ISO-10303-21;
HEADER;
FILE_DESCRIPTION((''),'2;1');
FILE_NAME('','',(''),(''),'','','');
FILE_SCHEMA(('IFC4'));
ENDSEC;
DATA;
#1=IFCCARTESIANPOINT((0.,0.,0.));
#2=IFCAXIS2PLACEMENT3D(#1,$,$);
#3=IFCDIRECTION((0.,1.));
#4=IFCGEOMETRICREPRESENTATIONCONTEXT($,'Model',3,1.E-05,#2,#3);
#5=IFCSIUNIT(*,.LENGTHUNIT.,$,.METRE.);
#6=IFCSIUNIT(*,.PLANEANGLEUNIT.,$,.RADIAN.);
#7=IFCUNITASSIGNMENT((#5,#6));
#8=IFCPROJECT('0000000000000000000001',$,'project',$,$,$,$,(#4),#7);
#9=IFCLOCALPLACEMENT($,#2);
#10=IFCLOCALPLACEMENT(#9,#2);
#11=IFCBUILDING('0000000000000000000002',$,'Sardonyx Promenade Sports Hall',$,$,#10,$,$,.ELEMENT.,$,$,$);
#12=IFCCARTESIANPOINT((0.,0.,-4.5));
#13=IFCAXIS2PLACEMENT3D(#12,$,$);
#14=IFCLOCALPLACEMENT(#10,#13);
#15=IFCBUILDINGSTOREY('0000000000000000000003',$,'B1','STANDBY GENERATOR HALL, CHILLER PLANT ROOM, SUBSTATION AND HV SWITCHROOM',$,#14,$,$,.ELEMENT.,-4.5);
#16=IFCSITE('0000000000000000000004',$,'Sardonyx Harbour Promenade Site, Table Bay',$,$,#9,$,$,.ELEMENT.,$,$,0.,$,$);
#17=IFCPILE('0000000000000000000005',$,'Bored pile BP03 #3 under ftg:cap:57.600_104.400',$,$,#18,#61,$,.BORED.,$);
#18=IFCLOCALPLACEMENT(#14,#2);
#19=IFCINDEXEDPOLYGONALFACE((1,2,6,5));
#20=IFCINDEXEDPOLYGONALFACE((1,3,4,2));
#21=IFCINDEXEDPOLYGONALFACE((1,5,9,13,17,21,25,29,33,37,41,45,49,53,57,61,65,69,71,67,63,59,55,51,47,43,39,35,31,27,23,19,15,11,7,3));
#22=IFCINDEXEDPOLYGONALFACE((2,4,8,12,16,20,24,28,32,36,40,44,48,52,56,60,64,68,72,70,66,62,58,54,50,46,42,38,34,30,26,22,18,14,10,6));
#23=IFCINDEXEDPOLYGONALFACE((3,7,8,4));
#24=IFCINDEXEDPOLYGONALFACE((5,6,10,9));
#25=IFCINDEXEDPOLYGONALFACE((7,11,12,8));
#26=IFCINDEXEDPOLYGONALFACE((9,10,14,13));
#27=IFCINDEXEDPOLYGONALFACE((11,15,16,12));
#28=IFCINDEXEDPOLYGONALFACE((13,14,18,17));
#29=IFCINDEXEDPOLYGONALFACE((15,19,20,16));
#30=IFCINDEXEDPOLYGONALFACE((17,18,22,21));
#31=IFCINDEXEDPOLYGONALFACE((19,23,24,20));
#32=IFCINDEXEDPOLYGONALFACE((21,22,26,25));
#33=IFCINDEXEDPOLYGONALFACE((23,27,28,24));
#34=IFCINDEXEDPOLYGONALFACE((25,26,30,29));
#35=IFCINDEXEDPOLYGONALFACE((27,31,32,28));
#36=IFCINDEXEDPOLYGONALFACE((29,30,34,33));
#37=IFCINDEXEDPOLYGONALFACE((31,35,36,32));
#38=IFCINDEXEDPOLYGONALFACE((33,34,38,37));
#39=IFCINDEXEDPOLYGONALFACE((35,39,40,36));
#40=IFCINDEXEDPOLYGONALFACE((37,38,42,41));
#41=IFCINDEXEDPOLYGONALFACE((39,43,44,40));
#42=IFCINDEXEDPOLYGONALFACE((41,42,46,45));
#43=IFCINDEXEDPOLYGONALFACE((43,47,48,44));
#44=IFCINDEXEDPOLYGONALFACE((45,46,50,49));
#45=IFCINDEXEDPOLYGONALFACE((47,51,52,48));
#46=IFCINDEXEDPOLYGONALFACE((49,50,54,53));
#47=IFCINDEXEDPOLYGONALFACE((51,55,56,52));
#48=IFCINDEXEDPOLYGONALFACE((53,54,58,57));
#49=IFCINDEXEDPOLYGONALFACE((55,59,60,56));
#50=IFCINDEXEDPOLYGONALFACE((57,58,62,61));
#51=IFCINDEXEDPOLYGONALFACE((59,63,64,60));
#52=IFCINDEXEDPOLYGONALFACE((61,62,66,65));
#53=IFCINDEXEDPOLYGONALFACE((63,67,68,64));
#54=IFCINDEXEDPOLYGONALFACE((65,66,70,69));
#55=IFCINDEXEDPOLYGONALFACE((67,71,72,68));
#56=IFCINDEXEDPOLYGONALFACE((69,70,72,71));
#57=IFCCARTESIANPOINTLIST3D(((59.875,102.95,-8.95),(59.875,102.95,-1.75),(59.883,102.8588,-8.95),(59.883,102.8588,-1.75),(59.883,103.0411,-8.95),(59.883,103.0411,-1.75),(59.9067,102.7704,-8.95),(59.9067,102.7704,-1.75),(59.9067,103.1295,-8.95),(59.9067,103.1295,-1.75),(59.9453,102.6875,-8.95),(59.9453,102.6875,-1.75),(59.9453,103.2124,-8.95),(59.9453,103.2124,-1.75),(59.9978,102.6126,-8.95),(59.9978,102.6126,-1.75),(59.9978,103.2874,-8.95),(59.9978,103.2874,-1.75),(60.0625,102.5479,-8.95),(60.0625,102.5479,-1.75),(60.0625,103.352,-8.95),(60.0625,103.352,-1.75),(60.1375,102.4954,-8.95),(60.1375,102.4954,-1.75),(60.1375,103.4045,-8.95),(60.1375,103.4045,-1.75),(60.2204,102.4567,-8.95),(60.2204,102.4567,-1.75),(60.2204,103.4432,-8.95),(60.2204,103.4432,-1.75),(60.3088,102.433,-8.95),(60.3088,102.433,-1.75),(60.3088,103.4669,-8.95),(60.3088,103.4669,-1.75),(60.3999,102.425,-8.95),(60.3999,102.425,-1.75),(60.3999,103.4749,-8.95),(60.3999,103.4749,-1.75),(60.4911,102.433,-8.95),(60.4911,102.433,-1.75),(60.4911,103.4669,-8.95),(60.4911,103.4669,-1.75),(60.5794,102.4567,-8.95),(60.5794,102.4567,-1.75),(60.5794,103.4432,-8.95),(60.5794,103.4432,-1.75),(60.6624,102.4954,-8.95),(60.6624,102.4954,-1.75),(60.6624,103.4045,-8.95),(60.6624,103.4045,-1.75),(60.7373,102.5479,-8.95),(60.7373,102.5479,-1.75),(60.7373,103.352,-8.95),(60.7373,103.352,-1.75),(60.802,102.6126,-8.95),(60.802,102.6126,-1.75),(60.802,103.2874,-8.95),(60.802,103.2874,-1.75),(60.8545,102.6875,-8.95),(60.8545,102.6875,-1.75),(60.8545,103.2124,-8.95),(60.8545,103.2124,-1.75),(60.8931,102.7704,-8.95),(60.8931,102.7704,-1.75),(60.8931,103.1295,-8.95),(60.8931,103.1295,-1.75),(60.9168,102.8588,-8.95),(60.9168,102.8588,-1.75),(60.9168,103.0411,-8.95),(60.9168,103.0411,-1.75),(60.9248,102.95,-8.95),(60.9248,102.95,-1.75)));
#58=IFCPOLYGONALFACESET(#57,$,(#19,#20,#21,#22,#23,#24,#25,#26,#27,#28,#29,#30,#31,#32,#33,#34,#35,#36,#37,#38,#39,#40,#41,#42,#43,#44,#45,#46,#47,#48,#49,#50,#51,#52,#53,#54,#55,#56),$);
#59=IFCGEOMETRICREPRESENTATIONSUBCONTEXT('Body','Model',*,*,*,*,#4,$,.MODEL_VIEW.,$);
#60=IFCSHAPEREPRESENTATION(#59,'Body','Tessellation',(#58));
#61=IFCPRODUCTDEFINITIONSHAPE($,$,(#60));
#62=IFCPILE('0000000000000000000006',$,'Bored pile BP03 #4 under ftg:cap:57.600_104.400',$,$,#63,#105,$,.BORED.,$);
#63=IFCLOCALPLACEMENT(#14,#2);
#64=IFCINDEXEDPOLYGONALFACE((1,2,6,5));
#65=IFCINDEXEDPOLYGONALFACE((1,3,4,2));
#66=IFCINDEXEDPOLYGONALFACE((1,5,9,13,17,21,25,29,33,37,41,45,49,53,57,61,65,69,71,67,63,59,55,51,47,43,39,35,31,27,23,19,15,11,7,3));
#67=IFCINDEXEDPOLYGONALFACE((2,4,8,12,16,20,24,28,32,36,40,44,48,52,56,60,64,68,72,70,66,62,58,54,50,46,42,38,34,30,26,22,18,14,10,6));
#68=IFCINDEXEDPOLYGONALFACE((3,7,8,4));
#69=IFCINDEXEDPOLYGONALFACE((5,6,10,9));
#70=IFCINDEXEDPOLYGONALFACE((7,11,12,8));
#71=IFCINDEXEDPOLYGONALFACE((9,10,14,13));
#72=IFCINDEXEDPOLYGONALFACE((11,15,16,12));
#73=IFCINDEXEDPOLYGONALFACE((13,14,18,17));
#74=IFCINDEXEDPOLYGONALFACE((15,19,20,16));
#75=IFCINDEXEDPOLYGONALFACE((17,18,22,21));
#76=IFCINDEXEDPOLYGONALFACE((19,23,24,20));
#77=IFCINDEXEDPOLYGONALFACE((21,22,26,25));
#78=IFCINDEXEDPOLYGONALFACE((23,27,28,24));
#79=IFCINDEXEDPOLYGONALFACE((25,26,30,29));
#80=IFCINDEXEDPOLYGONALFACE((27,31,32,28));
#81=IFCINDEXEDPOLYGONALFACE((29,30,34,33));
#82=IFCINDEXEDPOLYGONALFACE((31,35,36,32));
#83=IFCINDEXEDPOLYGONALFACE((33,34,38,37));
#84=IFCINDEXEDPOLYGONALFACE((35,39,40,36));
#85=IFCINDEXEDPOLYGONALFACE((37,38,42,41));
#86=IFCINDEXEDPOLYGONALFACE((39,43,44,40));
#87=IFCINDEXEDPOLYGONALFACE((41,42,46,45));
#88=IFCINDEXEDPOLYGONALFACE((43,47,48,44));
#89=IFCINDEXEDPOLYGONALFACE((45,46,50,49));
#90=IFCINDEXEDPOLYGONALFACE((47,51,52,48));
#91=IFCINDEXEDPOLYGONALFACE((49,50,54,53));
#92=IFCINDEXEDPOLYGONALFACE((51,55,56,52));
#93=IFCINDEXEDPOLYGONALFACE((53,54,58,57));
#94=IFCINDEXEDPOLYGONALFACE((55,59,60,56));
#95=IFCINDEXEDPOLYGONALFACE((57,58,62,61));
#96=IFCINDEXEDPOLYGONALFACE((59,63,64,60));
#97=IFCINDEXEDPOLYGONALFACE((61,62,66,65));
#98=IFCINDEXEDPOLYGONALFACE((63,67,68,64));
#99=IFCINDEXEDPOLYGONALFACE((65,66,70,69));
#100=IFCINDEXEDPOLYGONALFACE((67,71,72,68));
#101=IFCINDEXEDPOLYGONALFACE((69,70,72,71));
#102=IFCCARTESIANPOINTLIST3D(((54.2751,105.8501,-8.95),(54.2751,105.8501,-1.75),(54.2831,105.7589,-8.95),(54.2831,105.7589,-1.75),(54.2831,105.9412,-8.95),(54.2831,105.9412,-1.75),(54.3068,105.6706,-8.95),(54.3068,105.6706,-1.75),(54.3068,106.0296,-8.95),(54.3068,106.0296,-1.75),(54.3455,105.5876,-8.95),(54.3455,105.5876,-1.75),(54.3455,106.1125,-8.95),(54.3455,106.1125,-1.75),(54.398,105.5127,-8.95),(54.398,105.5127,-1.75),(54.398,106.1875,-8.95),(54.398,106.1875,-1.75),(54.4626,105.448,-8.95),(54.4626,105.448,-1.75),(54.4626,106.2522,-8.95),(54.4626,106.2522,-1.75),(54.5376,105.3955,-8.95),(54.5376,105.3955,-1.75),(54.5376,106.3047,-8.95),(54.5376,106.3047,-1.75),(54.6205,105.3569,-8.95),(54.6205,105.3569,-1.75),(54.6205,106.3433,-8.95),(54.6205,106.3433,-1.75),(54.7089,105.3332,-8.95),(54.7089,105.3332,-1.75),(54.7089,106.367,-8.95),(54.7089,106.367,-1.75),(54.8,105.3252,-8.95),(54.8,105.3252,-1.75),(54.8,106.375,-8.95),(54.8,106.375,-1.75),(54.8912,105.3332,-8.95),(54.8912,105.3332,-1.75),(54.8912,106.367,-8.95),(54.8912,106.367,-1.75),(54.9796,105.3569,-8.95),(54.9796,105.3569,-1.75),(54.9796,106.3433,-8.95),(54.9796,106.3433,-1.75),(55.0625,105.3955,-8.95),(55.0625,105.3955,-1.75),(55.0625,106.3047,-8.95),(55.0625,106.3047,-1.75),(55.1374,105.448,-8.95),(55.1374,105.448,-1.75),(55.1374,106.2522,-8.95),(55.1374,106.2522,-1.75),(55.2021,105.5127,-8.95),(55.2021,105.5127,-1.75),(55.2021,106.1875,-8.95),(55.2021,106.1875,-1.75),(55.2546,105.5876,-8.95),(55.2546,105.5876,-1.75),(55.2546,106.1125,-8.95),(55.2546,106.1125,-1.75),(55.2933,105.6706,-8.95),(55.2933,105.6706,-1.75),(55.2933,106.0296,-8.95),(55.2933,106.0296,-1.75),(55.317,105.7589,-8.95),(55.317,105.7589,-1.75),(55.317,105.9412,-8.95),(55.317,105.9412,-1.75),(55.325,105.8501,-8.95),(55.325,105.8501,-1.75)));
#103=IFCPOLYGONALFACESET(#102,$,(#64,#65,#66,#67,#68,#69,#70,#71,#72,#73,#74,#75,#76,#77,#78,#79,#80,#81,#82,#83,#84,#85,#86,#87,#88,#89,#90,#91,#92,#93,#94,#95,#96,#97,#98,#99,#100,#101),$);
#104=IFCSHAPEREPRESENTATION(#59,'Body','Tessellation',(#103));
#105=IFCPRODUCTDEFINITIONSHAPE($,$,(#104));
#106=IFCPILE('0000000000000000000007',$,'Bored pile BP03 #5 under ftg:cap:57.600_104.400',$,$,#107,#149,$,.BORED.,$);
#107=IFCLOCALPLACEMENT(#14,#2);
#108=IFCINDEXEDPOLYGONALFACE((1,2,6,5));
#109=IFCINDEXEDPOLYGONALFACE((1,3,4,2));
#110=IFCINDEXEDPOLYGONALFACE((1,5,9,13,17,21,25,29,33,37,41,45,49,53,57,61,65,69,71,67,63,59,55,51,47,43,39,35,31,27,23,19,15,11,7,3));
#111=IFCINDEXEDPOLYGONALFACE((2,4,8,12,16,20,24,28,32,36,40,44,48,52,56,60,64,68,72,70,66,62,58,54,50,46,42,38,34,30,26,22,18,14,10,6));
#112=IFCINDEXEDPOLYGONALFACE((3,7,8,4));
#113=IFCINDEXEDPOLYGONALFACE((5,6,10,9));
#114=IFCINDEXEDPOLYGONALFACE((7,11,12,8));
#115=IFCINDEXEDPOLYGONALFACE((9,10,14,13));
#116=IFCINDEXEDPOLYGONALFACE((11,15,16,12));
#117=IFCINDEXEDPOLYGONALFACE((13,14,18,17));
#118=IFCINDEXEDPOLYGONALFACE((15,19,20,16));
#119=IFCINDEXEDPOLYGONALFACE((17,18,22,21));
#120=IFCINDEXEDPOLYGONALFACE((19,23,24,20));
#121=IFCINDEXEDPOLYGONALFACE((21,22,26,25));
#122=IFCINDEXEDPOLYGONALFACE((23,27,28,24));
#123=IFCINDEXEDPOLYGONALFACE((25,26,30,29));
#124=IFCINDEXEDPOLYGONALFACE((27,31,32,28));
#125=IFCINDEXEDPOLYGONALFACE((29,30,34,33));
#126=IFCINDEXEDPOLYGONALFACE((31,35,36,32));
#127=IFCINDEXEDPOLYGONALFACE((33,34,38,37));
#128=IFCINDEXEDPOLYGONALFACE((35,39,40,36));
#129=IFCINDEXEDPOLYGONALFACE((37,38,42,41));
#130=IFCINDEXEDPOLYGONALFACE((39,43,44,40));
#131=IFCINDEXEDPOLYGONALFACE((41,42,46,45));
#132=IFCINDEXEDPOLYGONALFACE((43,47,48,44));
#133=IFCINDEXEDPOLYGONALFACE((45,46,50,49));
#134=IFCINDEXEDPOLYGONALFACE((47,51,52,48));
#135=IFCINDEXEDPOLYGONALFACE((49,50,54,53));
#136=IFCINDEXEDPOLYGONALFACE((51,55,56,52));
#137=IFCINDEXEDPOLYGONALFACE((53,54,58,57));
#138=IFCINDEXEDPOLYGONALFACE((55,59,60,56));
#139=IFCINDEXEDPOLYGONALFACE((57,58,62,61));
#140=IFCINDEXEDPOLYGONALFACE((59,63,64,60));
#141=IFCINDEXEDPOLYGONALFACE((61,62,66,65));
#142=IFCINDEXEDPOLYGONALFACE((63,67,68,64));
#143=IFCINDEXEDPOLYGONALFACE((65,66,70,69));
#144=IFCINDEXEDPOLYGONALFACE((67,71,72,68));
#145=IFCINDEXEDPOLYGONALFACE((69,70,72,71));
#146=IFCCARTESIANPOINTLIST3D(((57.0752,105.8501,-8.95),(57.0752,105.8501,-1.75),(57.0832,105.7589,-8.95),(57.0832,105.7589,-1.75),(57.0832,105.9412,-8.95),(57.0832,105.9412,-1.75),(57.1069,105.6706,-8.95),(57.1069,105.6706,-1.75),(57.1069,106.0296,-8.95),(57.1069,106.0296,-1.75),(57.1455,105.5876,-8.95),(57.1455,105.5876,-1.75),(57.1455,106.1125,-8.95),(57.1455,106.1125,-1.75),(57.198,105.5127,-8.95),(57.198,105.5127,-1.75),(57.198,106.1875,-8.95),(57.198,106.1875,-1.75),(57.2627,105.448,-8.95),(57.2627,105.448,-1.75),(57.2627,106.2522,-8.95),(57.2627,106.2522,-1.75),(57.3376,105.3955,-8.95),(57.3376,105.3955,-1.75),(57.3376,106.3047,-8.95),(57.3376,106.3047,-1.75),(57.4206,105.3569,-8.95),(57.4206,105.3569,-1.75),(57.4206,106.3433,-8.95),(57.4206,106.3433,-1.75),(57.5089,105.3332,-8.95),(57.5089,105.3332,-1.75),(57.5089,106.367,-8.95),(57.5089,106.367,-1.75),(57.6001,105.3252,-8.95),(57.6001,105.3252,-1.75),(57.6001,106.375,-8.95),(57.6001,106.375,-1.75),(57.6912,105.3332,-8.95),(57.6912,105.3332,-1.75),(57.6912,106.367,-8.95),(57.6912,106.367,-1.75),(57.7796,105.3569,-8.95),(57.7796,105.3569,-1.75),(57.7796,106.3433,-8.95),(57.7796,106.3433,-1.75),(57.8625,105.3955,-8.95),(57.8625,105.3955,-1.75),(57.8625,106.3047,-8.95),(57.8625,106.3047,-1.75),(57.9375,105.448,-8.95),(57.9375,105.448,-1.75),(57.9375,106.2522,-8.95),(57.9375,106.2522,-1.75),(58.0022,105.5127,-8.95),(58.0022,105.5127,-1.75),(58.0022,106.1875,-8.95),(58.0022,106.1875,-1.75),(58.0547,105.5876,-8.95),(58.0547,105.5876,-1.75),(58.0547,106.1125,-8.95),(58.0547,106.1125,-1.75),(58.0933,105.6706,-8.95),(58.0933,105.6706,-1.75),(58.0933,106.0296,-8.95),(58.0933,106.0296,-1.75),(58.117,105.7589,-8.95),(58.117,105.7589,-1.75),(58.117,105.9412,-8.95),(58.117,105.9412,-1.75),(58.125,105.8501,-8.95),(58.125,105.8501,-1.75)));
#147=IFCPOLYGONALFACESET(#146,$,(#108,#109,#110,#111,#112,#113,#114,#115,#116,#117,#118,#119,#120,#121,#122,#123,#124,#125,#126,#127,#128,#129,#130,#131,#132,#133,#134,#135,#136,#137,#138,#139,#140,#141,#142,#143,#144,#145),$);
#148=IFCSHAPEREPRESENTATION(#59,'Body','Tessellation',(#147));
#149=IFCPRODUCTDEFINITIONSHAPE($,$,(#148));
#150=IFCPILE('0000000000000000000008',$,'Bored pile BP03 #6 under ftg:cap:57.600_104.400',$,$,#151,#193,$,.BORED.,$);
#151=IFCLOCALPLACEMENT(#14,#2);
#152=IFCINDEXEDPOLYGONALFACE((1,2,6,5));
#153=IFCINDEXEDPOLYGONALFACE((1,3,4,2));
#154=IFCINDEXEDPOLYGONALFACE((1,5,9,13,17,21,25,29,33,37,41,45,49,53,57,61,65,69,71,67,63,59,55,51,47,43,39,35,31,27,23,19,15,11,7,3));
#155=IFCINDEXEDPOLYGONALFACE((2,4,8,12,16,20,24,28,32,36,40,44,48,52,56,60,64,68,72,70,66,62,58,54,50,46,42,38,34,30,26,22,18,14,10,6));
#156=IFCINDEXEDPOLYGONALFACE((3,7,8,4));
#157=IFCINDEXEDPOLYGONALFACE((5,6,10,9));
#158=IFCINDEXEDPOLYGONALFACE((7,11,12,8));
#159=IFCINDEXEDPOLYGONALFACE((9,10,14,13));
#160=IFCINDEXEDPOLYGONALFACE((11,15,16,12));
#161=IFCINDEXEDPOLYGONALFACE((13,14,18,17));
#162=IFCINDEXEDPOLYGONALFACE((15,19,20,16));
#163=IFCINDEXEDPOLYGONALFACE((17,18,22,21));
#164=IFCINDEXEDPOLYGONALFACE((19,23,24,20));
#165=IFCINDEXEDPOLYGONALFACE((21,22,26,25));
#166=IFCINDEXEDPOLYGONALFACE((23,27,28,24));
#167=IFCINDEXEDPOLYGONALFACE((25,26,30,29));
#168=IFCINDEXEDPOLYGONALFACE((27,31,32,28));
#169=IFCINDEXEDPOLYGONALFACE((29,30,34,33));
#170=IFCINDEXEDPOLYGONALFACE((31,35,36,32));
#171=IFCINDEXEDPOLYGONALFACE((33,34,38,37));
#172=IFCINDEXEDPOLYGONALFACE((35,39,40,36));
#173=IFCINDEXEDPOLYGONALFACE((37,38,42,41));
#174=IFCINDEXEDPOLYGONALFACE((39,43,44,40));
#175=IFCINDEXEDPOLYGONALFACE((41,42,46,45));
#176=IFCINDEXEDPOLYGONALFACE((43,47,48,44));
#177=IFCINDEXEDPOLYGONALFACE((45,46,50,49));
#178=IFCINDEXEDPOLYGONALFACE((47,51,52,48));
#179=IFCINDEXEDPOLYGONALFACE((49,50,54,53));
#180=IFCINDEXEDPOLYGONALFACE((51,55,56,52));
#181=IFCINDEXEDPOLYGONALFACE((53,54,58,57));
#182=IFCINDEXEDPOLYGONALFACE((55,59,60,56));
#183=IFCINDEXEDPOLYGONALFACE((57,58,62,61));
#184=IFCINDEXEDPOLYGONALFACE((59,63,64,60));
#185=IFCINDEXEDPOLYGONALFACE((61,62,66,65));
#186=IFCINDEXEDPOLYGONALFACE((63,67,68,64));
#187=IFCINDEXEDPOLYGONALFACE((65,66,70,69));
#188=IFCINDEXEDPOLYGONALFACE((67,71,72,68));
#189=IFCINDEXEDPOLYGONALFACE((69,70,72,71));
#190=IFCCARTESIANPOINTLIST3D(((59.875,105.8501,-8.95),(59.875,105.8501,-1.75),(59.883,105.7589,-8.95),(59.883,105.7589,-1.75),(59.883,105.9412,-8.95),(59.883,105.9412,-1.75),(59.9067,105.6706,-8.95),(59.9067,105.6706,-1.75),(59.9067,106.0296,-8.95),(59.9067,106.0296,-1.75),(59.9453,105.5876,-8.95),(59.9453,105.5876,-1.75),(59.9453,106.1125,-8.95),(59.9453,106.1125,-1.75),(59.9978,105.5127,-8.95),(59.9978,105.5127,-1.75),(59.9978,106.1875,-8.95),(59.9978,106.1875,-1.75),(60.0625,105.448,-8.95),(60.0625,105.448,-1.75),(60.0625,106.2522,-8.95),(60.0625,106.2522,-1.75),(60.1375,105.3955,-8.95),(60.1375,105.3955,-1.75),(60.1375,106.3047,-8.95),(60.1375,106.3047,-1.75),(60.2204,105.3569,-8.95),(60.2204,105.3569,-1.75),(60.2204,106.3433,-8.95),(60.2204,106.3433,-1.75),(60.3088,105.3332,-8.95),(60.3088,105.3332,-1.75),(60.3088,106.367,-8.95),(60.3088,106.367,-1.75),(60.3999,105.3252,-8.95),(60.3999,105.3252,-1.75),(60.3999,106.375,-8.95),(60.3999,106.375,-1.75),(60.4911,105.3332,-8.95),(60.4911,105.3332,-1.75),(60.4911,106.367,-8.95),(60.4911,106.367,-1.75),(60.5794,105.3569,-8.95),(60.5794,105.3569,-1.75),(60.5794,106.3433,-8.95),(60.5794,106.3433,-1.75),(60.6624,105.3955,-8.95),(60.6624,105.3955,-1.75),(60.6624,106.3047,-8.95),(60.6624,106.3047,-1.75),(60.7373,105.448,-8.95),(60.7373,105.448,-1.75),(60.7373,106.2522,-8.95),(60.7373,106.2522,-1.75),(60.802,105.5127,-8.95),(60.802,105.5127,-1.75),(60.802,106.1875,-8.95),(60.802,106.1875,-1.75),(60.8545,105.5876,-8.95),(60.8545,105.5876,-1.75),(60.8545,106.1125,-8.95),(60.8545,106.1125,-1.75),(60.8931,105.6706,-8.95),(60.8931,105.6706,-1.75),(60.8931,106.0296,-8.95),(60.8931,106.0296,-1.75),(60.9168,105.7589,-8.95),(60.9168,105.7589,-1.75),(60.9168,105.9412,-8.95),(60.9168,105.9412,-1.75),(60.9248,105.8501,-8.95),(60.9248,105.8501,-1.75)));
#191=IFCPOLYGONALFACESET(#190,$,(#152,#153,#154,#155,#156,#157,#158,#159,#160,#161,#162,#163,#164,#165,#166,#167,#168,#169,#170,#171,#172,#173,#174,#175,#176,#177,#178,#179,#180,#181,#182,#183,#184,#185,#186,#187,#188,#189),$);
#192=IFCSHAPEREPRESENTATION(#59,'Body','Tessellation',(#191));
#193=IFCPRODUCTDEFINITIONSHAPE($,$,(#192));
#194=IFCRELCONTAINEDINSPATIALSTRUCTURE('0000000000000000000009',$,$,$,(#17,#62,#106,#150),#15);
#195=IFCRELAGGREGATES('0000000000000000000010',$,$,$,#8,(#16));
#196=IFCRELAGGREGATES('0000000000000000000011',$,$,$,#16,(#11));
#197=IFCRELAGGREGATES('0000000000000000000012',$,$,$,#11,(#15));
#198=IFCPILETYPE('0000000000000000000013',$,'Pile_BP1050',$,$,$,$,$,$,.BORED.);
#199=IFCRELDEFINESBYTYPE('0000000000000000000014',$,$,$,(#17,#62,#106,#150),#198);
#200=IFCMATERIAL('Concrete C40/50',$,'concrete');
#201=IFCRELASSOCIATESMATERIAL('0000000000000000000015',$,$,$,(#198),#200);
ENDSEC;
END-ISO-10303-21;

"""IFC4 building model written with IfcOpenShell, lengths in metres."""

from ifc_helpers import new_model, si_unit, direction, frame, origin, origin_2d, place, context, subcontext, project, spatial, circle, extrude, material, material_profile, profile_set, type_object, element, save


model = new_model("IFC4")

# Units and contexts
model_context = context("Model", 3, precision=1e-05, world=origin(), true_north=direction((0.0, 1.0)))
body_context = subcontext(model_context, "Body", "Model", "MODEL_VIEW")
ifc_project = project(units=[si_unit("LENGTHUNIT", "METRE"), si_unit("PLANEANGLEUNIT", "RADIAN")], contexts=[model_context])

# Site, building, storey
site_placement = place(None, origin())
site = spatial("IfcSite", under=ifc_project, at=site_placement, Name="Sardonyx Harbour Promenade Site, Table Bay", CompositionType="ELEMENT", RefElevation=0.0)
building_placement = place(site_placement, origin())
building = spatial("IfcBuilding", under=site, at=building_placement, Name="Sardonyx Promenade Sports Hall", CompositionType="ELEMENT")
storey_placement = place(building_placement, frame((0.0, 0.0, -4.5)))
storey = spatial("IfcBuildingStorey", under=building, at=storey_placement, Name="B1", Description="STANDBY GENERATOR HALL, CHILLER PLANT ROOM, SUBSTATION AND HV SWITCHROOM", CompositionType="ELEMENT", Elevation=-4.5)

# Piles
ifc_material_1 = material(Name="Concrete C40/50", Category="concrete")
ifc_material_profile_1 = material_profile(ifc_material_1, circle(Radius=0.5249, at=origin_2d()))
ifc_profile_set_1 = profile_set([ifc_material_profile_1], Name="Concrete C40/50")
pile_type_1 = type_object("IfcPileType", Name="Pile_BP1050", PredefinedType="BORED", material=ifc_profile_set_1)
for number, where, z_axis, x_axis, name in (
    (1, (60.3999, 102.95, -1.75), (0.0, 0.0, -1.0), (1.0, 0.0, 0.0), "Bored pile BP03 #3 under ftg:cap:57.600_104.400"),
    (2, (54.8, 105.8501, -1.75), (0.0, 0.0, -1.0), (1.0, 0.0, 0.0), "Bored pile BP03 #4 under ftg:cap:57.600_104.400"),
    (3, (57.6001, 105.8501, -1.75), (0.0, 0.0, -1.0), (1.0, 0.0, 0.0), "Bored pile BP03 #5 under ftg:cap:57.600_104.400"),
    (4, (60.3999, 105.8501, -1.75), (0.0, 0.0, -1.0), (1.0, 0.0, 0.0), "Bored pile BP03 #6 under ftg:cap:57.600_104.400"),
):
    element("IfcPile", number, at=place(storey_placement, frame(where, z_axis=z_axis, x_axis=x_axis)), inside=storey, type_object=pile_type_1, Name=name, PredefinedType="BORED", context=body_context, shape_type="SweptSolid", body=[
        extrude(circle(Radius=0.5249, at=origin_2d()), origin(), (0.0, 0.0, 1.0), 7.2),
    ])

save(model, "model.ifc")
